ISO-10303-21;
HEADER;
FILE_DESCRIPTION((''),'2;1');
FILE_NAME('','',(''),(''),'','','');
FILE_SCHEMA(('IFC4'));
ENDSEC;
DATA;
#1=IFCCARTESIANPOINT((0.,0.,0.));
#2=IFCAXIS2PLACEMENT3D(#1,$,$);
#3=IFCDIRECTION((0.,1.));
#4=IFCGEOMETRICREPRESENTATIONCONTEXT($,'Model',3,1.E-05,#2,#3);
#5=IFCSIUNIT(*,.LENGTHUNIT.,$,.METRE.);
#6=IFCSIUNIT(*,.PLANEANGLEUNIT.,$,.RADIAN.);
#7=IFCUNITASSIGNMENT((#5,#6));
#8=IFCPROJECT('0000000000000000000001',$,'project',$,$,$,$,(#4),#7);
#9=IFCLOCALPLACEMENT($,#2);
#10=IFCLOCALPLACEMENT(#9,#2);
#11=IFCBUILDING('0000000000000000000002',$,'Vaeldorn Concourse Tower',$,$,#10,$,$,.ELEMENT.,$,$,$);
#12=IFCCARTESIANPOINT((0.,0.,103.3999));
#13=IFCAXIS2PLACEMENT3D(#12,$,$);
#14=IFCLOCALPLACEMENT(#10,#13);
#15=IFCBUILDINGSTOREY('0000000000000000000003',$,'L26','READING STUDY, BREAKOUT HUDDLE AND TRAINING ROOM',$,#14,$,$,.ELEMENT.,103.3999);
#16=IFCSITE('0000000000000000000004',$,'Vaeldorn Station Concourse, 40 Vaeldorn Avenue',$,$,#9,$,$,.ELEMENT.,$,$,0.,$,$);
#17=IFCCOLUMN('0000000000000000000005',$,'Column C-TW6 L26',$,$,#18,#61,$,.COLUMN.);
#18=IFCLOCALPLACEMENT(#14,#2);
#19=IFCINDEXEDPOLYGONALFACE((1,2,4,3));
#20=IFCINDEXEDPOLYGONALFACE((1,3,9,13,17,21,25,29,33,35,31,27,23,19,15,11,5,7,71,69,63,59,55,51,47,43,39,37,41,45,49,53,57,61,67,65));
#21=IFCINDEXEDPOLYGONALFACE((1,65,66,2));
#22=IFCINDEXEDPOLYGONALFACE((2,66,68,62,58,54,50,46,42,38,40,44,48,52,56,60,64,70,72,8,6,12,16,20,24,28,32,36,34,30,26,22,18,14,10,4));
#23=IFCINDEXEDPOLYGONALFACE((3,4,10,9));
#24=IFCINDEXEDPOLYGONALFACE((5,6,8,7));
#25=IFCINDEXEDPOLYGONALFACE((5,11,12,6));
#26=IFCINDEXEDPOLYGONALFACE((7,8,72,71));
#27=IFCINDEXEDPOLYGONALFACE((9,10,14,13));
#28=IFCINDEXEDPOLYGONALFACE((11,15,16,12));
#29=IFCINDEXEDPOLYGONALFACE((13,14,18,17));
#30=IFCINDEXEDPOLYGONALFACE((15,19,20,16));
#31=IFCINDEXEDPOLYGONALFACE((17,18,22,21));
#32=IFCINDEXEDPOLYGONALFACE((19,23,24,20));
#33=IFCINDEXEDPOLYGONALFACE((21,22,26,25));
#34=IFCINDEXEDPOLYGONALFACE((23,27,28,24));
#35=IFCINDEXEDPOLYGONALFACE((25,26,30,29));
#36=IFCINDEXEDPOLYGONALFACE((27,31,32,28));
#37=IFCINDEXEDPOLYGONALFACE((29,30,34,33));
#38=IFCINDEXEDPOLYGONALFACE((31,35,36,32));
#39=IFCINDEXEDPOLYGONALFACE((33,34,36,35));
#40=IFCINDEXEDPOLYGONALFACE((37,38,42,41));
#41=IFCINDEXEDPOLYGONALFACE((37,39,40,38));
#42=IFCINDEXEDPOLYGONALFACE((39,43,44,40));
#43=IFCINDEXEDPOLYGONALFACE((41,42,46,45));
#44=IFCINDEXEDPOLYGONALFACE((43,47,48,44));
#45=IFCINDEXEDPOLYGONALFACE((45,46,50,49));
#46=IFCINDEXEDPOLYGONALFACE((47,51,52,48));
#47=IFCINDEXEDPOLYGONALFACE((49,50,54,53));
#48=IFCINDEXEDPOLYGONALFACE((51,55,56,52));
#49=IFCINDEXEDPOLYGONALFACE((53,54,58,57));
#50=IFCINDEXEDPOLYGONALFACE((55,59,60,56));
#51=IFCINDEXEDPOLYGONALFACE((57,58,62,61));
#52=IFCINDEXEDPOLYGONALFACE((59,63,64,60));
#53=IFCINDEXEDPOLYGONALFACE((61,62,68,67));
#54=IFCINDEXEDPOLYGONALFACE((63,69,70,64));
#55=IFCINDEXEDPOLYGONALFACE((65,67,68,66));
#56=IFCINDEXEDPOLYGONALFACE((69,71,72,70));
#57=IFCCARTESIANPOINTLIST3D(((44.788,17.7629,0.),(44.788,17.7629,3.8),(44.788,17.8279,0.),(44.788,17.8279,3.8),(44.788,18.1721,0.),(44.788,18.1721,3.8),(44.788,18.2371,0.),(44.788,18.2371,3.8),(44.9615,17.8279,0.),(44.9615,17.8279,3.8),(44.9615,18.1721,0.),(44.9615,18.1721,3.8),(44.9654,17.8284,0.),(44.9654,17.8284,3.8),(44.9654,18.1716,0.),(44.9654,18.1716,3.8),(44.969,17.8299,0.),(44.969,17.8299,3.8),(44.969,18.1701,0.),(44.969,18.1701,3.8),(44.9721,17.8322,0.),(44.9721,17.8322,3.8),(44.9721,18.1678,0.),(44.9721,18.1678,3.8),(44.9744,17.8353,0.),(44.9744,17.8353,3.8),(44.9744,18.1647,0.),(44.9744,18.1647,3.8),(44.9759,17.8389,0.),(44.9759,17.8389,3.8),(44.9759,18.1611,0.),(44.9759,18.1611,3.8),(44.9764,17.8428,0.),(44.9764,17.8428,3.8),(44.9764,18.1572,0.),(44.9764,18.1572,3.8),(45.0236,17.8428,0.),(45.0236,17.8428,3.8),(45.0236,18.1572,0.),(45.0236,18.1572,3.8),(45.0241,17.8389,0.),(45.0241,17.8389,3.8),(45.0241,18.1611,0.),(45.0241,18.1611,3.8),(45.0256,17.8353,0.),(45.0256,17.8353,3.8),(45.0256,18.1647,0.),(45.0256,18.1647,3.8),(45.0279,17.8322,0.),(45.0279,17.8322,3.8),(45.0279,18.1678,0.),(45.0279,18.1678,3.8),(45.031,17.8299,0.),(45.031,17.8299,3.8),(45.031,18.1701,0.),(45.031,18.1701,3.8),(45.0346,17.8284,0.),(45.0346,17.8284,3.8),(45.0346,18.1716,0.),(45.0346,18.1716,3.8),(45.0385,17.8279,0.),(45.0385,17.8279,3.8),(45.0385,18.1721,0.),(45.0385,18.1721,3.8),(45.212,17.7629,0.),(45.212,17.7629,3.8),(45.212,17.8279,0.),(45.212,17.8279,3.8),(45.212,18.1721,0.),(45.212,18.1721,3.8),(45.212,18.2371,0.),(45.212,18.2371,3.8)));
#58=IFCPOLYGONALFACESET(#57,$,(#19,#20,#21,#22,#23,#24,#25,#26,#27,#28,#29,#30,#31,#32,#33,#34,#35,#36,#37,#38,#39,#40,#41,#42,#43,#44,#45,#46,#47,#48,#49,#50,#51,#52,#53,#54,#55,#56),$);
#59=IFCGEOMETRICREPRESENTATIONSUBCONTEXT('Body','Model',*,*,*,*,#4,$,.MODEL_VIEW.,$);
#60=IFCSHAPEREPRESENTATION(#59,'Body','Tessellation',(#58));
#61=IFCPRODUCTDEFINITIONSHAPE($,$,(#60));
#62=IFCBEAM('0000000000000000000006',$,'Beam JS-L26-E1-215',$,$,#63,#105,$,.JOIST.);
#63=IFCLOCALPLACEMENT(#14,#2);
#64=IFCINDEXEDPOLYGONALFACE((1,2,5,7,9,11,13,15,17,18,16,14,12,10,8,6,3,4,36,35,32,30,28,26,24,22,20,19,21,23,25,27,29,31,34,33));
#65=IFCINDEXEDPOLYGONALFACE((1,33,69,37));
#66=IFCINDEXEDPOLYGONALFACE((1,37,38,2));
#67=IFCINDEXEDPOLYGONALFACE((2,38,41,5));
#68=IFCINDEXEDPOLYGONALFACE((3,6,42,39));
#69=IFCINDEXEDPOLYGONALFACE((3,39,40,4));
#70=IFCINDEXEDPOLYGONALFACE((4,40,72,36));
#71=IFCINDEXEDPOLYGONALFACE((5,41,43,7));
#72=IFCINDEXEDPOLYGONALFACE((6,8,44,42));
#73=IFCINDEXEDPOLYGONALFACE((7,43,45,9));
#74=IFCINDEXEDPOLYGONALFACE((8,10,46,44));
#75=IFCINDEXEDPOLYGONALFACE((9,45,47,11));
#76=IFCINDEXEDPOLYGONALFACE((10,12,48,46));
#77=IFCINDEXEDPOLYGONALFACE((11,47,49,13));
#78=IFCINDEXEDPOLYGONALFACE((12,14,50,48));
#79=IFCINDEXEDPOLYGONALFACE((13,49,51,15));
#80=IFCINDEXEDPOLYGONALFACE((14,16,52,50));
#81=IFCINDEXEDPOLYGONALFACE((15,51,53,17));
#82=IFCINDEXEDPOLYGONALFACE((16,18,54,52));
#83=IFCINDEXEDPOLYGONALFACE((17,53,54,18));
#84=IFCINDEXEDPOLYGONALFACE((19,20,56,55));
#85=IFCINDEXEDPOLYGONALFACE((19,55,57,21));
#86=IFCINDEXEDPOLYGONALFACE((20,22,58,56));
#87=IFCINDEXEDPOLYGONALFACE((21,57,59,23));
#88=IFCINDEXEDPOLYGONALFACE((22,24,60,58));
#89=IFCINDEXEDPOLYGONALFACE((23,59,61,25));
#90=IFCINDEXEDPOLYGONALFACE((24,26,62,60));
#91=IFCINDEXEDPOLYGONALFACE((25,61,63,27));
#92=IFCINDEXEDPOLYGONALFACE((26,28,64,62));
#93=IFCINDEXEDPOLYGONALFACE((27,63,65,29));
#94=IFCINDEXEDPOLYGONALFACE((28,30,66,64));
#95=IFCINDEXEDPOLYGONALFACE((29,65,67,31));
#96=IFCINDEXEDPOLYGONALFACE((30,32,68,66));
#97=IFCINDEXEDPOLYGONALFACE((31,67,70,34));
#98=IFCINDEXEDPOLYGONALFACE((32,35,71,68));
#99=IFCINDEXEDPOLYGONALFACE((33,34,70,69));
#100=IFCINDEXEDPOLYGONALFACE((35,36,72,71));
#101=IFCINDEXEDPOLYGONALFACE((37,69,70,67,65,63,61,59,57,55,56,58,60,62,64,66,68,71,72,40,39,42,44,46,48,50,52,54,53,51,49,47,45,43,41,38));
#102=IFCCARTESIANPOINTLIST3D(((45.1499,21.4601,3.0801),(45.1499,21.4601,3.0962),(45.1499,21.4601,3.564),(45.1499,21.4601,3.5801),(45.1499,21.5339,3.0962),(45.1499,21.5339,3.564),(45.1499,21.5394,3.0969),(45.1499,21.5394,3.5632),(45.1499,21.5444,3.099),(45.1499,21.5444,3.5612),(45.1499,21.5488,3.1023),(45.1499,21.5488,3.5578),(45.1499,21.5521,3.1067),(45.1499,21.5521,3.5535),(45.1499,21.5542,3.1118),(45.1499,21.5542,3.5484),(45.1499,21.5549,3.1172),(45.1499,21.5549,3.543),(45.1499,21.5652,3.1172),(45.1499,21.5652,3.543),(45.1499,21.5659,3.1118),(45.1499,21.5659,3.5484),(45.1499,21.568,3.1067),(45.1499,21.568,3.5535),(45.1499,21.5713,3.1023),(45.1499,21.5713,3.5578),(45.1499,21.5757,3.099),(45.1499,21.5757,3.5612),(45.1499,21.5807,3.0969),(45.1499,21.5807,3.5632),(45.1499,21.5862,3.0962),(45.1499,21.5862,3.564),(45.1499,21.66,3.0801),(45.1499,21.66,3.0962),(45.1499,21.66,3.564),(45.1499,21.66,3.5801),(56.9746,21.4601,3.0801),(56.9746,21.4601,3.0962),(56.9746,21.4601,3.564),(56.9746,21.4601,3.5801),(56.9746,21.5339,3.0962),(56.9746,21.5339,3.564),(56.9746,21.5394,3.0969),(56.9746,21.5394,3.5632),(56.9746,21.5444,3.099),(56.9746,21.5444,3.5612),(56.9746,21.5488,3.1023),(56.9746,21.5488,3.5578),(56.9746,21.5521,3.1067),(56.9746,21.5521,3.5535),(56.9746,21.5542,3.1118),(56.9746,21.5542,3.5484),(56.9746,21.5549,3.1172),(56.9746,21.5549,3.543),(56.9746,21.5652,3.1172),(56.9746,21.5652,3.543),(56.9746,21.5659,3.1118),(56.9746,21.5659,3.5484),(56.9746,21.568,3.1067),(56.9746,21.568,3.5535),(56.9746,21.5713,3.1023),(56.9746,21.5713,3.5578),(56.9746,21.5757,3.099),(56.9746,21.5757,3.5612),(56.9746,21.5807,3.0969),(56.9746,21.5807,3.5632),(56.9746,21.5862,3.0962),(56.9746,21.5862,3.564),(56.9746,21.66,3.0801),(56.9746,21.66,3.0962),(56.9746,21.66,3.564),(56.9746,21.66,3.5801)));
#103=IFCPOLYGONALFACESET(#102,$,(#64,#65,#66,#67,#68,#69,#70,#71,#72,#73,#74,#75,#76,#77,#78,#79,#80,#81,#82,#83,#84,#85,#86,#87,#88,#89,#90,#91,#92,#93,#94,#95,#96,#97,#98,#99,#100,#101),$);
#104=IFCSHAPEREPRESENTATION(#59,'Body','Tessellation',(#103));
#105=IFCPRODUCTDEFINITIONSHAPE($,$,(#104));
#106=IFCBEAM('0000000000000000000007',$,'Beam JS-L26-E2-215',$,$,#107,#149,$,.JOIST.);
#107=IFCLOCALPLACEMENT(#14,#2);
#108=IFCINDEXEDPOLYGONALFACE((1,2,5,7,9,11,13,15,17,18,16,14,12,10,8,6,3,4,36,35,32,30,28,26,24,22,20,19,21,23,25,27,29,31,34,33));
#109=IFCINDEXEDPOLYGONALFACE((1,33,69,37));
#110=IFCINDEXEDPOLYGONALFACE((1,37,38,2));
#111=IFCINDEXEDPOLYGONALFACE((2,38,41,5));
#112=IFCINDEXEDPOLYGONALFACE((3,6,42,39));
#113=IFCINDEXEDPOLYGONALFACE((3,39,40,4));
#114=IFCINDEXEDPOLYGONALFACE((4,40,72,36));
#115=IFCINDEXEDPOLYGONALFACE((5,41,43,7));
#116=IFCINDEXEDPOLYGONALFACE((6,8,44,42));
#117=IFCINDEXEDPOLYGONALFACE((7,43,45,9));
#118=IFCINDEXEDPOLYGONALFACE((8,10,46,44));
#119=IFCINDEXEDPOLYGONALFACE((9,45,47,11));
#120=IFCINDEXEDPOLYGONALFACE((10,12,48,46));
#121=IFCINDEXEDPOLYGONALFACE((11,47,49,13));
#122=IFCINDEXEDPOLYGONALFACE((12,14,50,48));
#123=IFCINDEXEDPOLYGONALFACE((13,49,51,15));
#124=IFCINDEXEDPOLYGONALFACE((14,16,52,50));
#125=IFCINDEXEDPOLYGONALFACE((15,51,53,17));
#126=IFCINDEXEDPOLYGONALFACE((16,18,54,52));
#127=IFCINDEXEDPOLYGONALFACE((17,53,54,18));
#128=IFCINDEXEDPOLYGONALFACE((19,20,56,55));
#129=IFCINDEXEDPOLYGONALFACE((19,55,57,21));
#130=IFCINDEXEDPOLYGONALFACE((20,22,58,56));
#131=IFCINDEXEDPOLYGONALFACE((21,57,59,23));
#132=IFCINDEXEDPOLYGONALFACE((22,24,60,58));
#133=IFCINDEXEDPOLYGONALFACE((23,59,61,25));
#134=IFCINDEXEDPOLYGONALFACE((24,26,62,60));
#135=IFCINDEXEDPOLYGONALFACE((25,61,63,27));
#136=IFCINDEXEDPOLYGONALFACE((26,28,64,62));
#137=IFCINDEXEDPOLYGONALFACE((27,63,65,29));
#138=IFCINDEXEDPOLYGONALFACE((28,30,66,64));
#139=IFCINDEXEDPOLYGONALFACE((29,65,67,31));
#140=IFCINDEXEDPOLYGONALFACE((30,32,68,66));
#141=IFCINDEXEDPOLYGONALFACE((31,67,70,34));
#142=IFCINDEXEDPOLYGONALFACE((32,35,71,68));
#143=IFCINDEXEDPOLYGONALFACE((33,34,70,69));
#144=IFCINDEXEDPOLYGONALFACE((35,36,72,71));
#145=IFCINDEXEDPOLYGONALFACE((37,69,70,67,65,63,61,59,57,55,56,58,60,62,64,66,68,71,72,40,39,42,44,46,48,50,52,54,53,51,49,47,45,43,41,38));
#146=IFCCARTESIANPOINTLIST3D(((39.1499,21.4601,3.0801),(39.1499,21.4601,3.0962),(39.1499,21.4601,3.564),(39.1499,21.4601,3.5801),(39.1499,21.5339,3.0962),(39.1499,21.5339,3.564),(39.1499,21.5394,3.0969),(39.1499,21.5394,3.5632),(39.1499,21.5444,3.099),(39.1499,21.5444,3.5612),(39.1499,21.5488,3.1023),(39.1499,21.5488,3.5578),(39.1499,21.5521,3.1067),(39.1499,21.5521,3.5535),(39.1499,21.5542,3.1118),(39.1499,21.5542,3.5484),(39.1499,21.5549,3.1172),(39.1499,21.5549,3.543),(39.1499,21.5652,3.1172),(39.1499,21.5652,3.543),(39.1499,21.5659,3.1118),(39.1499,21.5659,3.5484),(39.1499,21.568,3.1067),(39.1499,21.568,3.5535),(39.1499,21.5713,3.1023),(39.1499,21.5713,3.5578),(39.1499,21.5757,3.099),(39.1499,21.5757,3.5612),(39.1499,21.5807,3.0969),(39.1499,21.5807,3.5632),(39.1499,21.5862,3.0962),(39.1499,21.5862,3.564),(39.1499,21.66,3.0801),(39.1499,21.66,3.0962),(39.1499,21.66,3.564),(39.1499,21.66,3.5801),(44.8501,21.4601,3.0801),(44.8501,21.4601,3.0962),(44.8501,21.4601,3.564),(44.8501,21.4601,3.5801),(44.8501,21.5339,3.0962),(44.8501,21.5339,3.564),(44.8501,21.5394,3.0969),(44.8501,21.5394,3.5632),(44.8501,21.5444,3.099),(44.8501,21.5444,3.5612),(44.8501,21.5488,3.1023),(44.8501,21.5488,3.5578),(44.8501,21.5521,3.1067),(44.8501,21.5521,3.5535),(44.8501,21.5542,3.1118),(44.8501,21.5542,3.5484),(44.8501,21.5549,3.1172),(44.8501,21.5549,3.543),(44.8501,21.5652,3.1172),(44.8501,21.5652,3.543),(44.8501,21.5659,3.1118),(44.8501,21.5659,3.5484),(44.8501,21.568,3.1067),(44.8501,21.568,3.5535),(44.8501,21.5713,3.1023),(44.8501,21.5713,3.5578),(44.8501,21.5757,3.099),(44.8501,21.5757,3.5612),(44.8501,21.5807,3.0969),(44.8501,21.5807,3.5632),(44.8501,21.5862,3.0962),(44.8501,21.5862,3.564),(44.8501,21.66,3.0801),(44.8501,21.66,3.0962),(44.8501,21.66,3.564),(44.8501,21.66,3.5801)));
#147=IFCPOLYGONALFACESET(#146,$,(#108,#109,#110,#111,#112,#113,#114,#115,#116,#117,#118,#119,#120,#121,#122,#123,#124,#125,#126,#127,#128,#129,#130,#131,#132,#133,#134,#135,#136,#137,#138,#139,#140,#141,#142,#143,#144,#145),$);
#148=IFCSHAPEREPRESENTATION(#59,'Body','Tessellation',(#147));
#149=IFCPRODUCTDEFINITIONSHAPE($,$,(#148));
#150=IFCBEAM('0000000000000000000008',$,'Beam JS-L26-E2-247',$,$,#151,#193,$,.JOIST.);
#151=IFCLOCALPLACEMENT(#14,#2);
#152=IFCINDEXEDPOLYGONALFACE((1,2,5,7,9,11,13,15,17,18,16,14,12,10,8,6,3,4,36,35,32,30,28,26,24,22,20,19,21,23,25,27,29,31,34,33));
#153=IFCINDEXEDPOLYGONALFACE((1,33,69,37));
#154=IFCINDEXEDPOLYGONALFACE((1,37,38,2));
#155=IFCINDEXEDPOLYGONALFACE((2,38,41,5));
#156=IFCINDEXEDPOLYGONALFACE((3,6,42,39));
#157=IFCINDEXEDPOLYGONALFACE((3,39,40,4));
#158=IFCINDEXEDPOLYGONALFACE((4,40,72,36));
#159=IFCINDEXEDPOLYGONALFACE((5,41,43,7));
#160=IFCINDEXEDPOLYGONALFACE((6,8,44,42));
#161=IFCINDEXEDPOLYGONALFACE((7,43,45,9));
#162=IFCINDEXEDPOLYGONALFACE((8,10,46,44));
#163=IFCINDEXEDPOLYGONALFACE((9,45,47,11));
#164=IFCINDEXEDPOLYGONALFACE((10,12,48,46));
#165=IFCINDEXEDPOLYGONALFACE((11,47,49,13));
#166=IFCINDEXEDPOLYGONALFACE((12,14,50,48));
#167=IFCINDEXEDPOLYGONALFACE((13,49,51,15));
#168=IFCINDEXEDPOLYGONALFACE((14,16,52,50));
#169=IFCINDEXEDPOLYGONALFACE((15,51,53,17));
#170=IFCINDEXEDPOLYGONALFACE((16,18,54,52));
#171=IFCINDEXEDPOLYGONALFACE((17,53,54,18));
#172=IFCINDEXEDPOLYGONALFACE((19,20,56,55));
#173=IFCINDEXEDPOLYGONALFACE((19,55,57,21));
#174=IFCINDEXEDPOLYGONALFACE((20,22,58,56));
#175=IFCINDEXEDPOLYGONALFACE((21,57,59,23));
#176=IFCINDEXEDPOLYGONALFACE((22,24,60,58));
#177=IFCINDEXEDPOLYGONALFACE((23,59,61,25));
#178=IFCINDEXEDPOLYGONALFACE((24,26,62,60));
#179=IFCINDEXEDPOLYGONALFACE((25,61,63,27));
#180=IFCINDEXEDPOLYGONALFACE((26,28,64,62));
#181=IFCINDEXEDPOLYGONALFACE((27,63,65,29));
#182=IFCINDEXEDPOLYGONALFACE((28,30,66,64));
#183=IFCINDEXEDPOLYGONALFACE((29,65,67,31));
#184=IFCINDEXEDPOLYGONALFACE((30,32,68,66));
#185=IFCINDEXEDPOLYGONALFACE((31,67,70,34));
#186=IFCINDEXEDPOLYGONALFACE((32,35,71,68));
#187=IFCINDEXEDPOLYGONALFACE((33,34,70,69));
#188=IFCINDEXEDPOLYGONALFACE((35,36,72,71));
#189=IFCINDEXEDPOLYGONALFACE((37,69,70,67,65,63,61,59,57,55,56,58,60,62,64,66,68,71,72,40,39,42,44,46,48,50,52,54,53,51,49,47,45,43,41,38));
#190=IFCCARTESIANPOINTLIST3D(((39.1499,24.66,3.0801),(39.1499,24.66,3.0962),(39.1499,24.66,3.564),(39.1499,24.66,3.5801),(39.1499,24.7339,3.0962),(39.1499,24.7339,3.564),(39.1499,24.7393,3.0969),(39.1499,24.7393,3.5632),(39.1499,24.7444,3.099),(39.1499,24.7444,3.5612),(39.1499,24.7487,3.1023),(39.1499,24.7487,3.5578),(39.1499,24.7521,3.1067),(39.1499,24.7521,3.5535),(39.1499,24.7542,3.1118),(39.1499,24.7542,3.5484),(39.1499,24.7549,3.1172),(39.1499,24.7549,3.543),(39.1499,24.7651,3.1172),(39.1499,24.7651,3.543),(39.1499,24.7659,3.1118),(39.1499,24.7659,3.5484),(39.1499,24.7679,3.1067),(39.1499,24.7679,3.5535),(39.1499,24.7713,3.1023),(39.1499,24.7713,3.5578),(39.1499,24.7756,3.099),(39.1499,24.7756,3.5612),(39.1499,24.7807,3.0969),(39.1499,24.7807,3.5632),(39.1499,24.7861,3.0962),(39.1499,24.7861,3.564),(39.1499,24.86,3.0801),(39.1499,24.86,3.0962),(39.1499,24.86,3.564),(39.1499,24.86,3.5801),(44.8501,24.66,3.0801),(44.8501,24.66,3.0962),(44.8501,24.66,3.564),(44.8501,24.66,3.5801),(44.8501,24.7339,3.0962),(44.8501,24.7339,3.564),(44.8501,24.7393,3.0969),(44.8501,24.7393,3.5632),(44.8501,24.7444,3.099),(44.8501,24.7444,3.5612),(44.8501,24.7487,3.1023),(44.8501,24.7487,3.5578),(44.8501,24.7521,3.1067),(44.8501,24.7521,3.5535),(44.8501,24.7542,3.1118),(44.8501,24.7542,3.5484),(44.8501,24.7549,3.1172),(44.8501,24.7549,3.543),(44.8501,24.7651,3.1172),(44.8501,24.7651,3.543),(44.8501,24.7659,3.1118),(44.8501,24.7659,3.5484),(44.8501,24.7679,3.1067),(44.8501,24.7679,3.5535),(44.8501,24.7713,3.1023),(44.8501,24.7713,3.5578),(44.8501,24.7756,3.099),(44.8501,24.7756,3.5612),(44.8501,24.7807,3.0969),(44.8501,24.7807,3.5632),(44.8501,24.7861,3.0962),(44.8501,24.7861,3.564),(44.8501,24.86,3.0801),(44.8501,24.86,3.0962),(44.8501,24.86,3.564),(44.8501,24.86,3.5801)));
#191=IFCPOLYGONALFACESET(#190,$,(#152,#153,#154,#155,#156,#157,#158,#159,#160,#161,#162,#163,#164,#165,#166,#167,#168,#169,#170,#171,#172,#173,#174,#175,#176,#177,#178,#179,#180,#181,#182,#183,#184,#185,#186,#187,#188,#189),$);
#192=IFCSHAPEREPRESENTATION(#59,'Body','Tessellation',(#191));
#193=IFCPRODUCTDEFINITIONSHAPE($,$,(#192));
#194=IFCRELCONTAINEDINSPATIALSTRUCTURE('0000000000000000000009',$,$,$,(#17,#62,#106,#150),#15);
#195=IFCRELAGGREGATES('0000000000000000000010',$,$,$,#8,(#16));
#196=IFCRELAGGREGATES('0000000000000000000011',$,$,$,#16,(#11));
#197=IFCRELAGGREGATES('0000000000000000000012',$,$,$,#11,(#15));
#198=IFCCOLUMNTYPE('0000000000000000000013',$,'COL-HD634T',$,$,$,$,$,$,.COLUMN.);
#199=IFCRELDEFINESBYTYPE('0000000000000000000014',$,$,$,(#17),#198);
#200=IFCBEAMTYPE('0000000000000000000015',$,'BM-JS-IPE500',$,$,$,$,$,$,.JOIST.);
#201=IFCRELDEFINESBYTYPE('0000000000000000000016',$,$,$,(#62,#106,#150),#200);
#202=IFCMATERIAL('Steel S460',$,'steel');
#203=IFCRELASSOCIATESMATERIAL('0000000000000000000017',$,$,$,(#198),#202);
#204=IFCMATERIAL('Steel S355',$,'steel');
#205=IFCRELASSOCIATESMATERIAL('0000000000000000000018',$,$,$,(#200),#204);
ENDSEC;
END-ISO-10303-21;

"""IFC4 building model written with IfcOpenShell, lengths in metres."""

from ifc_helpers import new_model, si_unit, direction, frame, origin, origin_2d, place, context, subcontext, project, spatial, i_section, extrude, source, transform, mapped, material, material_profile, profile_set, type_object, element, save


model = new_model("IFC4")

# Units and contexts
model_context = context("Model", 3, precision=1e-05, world=origin(), true_north=direction((0.0, 1.0)))
body_context = subcontext(model_context, "Body", "Model", "MODEL_VIEW")
ifc_project = project(units=[si_unit("LENGTHUNIT", "METRE"), si_unit("PLANEANGLEUNIT", "RADIAN")], contexts=[model_context])

# Site, building, storey
site_placement = place(None, origin())
site = spatial("IfcSite", under=ifc_project, at=site_placement, Name="Vaeldorn Station Concourse, 40 Vaeldorn Avenue", CompositionType="ELEMENT", RefElevation=0.0)
building_placement = place(site_placement, origin())
building = spatial("IfcBuilding", under=site, at=building_placement, Name="Vaeldorn Concourse Tower", CompositionType="ELEMENT")
storey_placement = place(building_placement, frame((0.0, 0.0, 103.3999)))
storey = spatial("IfcBuildingStorey", under=building, at=storey_placement, Name="L26", Description="READING STUDY, BREAKOUT HUDDLE AND TRAINING ROOM", CompositionType="ELEMENT", Elevation=103.3999)

# Column
ifc_material_1 = material(Name="Steel S460", Category="steel")
ifc_material_profile_1 = material_profile(ifc_material_1, i_section(OverallWidth=0.4241, OverallDepth=0.4741, WebThickness=0.0471, FlangeThickness=0.0649, FilletRadius=0.0149, at=origin_2d()), Name="HD 400x634")
ifc_profile_set_1 = profile_set([ifc_material_profile_1], Name="Steel S460")
column_type_1 = type_object("IfcColumnType", Name="COL-HD634T", PredefinedType="COLUMN", material=ifc_profile_set_1)
shared_shape_1 = source(origin(), body_context, "Body", "SweptSolid", [
    extrude(i_section(OverallWidth=0.4241, OverallDepth=0.4741, WebThickness=0.0471, FlangeThickness=0.0649, FilletRadius=0.0149, at=origin_2d()), origin(), (0.0, 0.0, 1.0), 3.8),
])
for number, where, z_axis, x_axis, name in (
    (1, (45.0, 18.0, 0.0), (0.0, 0.0, 1.0), (1.0, 0.0, 0.0), "Column C-TW6 L26"),
):
    element("IfcColumn", number, at=place(storey_placement, frame(where, z_axis=z_axis, x_axis=x_axis)), inside=storey, type_object=column_type_1, Name=name, PredefinedType="COLUMN", context=body_context, shape_type="MappedRepresentation", body=[
        mapped(shared_shape_1, transform((0.0, 0.0, 0.0), scale=1.0)),
    ])

# Beams
ifc_material_2 = material(Name="Steel S355", Category="steel")
ifc_material_profile_2 = material_profile(ifc_material_2, i_section(OverallWidth=0.2, OverallDepth=0.5, WebThickness=0.0103, FlangeThickness=0.0161, FilletRadius=0.021, at=origin_2d()), Name="IPE 500")
ifc_profile_set_2 = profile_set([ifc_material_profile_2], Name="Steel S355")
beam_type_1 = type_object("IfcBeamType", Name="BM-JS-IPE500", PredefinedType="JOIST", material=ifc_profile_set_2)
shared_shape_2 = source(origin(), body_context, "Body", "SweptSolid", [
    extrude(i_section(OverallWidth=0.2, OverallDepth=0.5, WebThickness=0.0103, FlangeThickness=0.0161, FilletRadius=0.021, at=origin_2d()), origin(), (0.0, 0.0, 1.0), 11.8247),
])
beam_1_placement = place(storey_placement, frame((45.1499, 21.5601, 3.3301), z_axis=(1.0, 0.0, 0.0), x_axis=(0.0, 1.0, 0.0)))
element("IfcBeam", 2, at=beam_1_placement, inside=storey, type_object=beam_type_1, Name="Beam JS-L26-E1-215", PredefinedType="JOIST", context=body_context, shape_type="MappedRepresentation", body=[
    mapped(shared_shape_2, transform((0.0, 0.0, 0.0), scale=1.0)),
])
shared_shape_3 = source(origin(), body_context, "Body", "SweptSolid", [
    extrude(i_section(OverallWidth=0.2, OverallDepth=0.5, WebThickness=0.0103, FlangeThickness=0.0161, FilletRadius=0.021, at=origin_2d()), origin(), (0.0, 0.0, 1.0), 5.7002),
])
for number, where, z_axis, x_axis, name in (
    (3, (39.1499, 21.5601, 3.3301), (1.0, 0.0, 0.0), (0.0, 1.0, 0.0), "Beam JS-L26-E2-215"),
    (4, (39.1499, 24.76, 3.3301), (1.0, 0.0, 0.0), (0.0, 1.0, 0.0), "Beam JS-L26-E2-247"),
):
    element("IfcBeam", number, at=place(storey_placement, frame(where, z_axis=z_axis, x_axis=x_axis)), inside=storey, type_object=beam_type_1, Name=name, PredefinedType="JOIST", context=body_context, shape_type="MappedRepresentation", body=[
        mapped(shared_shape_3, transform((0.0, 0.0, 0.0), scale=1.0)),
    ])

save(model, "model.ifc")
